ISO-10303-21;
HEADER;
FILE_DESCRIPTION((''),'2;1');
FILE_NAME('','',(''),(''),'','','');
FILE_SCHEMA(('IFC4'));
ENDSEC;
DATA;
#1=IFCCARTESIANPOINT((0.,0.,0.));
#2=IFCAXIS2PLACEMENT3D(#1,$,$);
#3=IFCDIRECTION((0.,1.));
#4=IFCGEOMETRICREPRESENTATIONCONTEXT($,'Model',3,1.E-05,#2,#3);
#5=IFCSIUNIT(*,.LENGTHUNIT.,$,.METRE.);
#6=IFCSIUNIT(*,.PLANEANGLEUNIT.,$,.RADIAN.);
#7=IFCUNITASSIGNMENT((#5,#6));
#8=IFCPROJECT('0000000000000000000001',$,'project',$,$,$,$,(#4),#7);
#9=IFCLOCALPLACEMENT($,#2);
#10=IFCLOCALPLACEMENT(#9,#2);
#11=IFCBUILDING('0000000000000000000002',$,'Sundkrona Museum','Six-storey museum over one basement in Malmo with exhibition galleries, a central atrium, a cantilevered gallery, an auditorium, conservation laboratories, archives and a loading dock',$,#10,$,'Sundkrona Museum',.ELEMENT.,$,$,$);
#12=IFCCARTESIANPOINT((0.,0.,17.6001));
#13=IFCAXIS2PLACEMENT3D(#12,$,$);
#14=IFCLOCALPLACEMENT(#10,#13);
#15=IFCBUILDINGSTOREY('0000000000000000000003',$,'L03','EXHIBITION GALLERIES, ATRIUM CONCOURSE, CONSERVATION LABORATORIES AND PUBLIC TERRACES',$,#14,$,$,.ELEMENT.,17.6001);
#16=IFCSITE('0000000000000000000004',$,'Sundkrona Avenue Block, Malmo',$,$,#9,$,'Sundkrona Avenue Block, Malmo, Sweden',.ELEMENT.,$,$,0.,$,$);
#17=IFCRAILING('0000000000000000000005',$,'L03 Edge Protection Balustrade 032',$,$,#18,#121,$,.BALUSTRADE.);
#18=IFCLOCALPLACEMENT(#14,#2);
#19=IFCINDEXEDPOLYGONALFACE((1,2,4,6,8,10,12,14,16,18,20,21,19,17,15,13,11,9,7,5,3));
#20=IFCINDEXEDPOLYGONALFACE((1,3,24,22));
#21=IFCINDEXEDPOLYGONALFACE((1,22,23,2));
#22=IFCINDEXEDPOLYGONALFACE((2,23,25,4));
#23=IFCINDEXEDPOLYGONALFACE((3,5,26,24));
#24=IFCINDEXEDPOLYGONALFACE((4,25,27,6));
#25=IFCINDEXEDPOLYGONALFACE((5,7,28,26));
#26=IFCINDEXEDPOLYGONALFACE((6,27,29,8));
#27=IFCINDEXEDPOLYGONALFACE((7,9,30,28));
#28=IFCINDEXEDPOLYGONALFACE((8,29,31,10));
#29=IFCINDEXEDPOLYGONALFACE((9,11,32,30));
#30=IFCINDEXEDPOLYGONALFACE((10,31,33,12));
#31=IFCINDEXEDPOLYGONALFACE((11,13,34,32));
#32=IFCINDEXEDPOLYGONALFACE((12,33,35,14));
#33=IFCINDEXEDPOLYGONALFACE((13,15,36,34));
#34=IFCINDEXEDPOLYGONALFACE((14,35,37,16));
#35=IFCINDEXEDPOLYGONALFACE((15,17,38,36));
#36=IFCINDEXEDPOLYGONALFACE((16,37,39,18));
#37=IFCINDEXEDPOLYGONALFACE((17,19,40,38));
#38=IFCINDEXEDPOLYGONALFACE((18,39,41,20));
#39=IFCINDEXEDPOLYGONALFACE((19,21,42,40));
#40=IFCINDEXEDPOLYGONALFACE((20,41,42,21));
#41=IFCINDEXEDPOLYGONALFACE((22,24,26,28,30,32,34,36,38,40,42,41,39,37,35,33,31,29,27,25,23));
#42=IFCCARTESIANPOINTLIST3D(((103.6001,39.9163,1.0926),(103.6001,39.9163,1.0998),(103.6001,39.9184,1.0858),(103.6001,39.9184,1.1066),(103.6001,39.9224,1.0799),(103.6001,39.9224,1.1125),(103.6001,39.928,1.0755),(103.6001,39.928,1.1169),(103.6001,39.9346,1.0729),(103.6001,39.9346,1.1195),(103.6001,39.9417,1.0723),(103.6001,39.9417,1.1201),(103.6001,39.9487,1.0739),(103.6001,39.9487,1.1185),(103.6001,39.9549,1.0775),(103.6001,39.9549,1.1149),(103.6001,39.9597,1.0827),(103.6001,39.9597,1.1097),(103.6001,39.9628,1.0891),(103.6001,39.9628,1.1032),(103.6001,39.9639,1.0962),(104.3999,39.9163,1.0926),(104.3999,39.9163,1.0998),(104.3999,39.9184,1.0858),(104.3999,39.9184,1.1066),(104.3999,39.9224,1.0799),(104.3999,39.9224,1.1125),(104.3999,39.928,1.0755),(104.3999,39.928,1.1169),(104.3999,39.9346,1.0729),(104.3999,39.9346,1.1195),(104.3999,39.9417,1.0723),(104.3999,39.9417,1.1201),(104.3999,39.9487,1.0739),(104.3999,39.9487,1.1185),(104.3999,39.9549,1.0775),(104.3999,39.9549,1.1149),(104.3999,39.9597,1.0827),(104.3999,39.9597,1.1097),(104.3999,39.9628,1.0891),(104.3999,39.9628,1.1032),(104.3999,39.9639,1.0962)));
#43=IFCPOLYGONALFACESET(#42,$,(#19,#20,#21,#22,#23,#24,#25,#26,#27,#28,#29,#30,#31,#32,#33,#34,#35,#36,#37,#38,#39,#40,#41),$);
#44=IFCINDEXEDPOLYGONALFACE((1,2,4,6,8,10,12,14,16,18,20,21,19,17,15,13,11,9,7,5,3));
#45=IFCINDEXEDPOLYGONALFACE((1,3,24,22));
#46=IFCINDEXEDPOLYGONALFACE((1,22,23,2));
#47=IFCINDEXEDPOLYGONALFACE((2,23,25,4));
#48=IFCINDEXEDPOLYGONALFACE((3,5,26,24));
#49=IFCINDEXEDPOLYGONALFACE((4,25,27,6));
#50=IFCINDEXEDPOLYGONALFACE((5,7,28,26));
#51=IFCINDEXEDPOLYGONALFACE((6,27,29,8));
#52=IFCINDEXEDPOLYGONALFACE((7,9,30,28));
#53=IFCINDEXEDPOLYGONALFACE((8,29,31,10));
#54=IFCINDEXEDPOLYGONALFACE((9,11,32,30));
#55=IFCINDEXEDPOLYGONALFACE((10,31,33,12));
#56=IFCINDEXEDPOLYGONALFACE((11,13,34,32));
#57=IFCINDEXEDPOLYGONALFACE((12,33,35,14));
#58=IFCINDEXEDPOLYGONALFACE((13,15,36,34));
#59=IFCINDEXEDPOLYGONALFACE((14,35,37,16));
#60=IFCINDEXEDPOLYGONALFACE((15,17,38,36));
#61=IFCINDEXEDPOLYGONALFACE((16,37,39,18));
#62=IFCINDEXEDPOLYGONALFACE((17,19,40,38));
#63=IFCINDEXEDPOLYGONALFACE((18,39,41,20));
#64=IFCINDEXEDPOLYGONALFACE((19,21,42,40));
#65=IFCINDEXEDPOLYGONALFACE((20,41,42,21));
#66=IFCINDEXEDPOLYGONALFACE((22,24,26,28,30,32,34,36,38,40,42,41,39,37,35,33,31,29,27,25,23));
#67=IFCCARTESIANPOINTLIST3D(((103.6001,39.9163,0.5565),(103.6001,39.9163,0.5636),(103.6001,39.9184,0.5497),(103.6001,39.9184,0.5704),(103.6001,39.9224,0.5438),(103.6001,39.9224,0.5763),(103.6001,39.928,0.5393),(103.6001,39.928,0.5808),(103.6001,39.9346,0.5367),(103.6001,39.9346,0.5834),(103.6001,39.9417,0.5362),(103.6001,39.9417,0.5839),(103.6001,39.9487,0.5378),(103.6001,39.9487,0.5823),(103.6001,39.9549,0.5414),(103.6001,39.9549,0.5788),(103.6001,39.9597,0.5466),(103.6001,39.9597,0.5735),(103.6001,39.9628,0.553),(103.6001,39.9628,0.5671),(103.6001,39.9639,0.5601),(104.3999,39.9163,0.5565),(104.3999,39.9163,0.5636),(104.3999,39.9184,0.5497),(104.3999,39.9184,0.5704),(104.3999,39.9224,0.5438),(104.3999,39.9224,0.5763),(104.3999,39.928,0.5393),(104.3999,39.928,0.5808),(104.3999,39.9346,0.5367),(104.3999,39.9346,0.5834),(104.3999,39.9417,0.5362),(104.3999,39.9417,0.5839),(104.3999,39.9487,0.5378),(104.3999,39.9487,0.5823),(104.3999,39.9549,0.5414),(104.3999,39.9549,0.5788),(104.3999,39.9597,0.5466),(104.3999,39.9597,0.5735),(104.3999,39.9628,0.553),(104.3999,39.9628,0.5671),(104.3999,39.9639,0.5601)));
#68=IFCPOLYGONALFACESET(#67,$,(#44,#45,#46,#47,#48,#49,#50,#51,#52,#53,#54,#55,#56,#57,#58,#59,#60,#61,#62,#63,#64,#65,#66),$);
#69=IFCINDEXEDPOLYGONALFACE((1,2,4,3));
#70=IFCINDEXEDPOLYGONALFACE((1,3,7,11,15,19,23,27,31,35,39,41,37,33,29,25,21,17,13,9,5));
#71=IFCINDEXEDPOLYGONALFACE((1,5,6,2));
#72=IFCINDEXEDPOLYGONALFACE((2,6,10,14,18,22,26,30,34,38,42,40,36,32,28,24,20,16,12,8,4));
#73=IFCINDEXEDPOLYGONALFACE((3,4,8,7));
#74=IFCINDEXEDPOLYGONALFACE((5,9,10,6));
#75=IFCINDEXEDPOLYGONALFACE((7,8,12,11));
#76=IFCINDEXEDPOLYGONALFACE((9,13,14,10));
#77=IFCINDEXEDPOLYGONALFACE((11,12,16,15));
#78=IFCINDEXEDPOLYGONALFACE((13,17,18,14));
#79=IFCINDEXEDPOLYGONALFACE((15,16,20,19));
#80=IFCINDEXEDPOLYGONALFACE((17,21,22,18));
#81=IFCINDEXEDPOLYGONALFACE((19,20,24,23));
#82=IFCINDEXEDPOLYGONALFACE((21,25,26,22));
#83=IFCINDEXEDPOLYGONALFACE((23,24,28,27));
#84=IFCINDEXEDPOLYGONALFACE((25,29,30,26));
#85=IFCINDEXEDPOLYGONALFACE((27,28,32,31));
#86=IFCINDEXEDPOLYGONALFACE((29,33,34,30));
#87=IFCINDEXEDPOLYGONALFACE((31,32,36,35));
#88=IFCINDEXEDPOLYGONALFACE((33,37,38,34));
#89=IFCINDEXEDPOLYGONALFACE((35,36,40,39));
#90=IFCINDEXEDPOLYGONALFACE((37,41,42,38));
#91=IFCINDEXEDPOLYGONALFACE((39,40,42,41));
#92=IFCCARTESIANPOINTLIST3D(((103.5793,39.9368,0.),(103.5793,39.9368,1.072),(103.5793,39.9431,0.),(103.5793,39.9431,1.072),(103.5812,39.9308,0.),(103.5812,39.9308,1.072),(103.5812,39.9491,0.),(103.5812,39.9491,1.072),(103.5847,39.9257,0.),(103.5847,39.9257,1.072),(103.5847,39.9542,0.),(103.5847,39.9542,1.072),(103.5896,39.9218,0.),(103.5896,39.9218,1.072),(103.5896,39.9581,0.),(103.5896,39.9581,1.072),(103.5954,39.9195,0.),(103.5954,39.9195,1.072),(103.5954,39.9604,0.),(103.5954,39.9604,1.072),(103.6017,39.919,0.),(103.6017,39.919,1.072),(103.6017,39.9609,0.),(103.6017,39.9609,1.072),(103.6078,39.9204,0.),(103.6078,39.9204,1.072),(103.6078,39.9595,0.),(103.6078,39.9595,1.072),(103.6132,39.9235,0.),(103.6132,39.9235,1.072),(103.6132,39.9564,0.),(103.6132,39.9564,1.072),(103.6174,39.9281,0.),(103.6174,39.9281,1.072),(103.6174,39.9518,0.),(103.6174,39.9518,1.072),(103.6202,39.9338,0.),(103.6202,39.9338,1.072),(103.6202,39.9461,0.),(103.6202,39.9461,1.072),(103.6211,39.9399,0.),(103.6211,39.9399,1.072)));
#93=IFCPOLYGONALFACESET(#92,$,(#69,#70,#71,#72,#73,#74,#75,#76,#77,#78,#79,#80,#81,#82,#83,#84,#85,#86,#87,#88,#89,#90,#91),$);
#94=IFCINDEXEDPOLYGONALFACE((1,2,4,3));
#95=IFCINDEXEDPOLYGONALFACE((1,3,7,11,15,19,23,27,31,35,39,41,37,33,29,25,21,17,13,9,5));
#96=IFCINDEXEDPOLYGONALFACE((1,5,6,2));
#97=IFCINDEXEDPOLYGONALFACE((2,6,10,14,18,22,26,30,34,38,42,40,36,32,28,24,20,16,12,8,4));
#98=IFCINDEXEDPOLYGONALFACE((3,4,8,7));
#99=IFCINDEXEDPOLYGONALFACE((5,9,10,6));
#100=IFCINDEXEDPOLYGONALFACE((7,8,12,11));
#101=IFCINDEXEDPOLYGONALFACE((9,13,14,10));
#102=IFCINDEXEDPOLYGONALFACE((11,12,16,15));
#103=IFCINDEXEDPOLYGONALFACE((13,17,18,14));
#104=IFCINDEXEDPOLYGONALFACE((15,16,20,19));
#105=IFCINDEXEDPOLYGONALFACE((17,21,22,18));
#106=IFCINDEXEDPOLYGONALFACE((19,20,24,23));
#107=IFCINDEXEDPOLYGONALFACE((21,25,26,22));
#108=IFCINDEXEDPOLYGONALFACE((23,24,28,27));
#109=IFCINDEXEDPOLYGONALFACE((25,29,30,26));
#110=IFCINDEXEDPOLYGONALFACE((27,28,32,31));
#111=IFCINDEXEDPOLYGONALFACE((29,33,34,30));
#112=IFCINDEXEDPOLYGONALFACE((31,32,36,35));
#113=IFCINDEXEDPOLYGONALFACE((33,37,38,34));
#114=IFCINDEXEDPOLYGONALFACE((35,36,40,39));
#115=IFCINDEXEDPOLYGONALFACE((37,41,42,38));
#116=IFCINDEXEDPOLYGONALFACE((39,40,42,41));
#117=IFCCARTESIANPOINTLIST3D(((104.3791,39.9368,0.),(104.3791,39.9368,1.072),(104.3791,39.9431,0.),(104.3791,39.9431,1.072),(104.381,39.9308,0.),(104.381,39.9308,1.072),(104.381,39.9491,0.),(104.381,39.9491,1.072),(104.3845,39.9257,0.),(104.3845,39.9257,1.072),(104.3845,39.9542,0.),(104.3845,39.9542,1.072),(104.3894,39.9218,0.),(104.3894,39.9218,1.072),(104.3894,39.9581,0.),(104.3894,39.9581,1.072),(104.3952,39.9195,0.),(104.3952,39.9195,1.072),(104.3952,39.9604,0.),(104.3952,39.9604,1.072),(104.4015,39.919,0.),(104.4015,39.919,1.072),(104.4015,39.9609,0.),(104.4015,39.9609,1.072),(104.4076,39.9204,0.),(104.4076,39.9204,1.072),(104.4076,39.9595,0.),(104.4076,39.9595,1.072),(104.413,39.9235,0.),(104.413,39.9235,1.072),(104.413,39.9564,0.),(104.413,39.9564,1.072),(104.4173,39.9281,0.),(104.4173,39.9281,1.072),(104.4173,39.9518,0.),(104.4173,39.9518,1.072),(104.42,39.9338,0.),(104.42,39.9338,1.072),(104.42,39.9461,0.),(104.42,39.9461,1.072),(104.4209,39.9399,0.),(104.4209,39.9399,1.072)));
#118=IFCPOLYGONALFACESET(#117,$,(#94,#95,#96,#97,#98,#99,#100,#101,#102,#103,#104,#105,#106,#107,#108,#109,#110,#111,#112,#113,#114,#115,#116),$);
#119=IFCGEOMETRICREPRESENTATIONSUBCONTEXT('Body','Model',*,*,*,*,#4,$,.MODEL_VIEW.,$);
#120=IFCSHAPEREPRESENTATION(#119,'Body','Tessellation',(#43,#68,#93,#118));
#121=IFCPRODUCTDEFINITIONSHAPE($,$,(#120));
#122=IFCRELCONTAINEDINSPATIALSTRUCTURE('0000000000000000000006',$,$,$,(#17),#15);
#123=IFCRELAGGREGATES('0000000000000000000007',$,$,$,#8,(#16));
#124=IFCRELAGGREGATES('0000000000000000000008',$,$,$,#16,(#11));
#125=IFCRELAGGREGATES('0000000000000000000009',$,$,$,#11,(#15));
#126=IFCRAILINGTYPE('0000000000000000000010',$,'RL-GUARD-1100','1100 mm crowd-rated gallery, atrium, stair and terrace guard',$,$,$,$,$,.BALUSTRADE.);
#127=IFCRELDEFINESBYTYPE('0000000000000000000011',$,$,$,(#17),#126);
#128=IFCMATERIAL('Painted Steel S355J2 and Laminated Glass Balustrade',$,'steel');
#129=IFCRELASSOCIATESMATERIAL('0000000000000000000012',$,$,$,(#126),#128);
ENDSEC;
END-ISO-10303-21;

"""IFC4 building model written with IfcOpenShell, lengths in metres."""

from ifc_helpers import new_model, si_unit, direction, frame, origin, origin_2d, place, context, subcontext, project, spatial, circle, extrude, material, type_object, element, save


model = new_model("IFC4")

# Units and contexts
model_context = context("Model", 3, precision=1e-05, world=origin(), true_north=direction((0.0, 1.0)))
body_context = subcontext(model_context, "Body", "Model", "MODEL_VIEW")
ifc_project = project(units=[si_unit("LENGTHUNIT", "METRE"), si_unit("PLANEANGLEUNIT", "RADIAN")], contexts=[model_context])

# Site, building, storey
site_placement = place(None, origin())
site = spatial("IfcSite", under=ifc_project, at=site_placement, Name="Sundkrona Avenue Block, Malmo", LongName="Sundkrona Avenue Block, Malmo, Sweden", CompositionType="ELEMENT", RefElevation=0.0)
building_placement = place(site_placement, origin())
building = spatial("IfcBuilding", under=site, at=building_placement, Name="Sundkrona Museum", Description="Six-storey museum over one basement in Malmo with exhibition galleries, a central atrium, a cantilevered gallery, an auditorium, conservation laboratories, archives and a loading dock", LongName="Sundkrona Museum", CompositionType="ELEMENT")
storey_placement = place(building_placement, frame((0.0, 0.0, 17.6001)))
storey = spatial("IfcBuildingStorey", under=building, at=storey_placement, Name="L03", Description="EXHIBITION GALLERIES, ATRIUM CONCOURSE, CONSERVATION LABORATORIES AND PUBLIC TERRACES", CompositionType="ELEMENT", Elevation=17.6001)

# Railing
ifc_material_1 = material(Name="Painted Steel S355J2 and Laminated Glass Balustrade", Category="steel")
railing_type = type_object("IfcRailingType", Name="RL-GUARD-1100", Description="1100 mm crowd-rated gallery, atrium, stair and terrace guard", PredefinedType="BALUSTRADE", material=ifc_material_1)
railing_placement = place(storey_placement, frame((103.6001, 39.9399, 0.0)))
element("IfcRailing", 1, at=railing_placement, inside=storey, type_object=railing_type, Name="L03 Edge Protection Balustrade 032", PredefinedType="BALUSTRADE", context=body_context, shape_type="SweptSolid", body=[
    extrude(circle(Radius=0.0239, at=origin_2d()), frame((0.0, 0.0, 1.0962), z_axis=(1.0, 0.0, 0.0), x_axis=(0.0, 1.0, 0.0)), (0.0, 0.0, 1.0), 0.7998),
    extrude(circle(Radius=0.0239, at=origin_2d()), frame((0.0, 0.0, 0.5601), z_axis=(1.0, 0.0, 0.0), x_axis=(0.0, 1.0, 0.0)), (0.0, 0.0, 1.0), 0.7998),
    extrude(circle(Radius=0.021, at=origin_2d()), origin(), (0.0, 0.0, 1.0), 1.072),
    extrude(circle(Radius=0.021, at=origin_2d()), frame((0.7998, 0.0, 0.0)), (0.0, 0.0, 1.0), 1.072),
])

save(model, "model.ifc")
